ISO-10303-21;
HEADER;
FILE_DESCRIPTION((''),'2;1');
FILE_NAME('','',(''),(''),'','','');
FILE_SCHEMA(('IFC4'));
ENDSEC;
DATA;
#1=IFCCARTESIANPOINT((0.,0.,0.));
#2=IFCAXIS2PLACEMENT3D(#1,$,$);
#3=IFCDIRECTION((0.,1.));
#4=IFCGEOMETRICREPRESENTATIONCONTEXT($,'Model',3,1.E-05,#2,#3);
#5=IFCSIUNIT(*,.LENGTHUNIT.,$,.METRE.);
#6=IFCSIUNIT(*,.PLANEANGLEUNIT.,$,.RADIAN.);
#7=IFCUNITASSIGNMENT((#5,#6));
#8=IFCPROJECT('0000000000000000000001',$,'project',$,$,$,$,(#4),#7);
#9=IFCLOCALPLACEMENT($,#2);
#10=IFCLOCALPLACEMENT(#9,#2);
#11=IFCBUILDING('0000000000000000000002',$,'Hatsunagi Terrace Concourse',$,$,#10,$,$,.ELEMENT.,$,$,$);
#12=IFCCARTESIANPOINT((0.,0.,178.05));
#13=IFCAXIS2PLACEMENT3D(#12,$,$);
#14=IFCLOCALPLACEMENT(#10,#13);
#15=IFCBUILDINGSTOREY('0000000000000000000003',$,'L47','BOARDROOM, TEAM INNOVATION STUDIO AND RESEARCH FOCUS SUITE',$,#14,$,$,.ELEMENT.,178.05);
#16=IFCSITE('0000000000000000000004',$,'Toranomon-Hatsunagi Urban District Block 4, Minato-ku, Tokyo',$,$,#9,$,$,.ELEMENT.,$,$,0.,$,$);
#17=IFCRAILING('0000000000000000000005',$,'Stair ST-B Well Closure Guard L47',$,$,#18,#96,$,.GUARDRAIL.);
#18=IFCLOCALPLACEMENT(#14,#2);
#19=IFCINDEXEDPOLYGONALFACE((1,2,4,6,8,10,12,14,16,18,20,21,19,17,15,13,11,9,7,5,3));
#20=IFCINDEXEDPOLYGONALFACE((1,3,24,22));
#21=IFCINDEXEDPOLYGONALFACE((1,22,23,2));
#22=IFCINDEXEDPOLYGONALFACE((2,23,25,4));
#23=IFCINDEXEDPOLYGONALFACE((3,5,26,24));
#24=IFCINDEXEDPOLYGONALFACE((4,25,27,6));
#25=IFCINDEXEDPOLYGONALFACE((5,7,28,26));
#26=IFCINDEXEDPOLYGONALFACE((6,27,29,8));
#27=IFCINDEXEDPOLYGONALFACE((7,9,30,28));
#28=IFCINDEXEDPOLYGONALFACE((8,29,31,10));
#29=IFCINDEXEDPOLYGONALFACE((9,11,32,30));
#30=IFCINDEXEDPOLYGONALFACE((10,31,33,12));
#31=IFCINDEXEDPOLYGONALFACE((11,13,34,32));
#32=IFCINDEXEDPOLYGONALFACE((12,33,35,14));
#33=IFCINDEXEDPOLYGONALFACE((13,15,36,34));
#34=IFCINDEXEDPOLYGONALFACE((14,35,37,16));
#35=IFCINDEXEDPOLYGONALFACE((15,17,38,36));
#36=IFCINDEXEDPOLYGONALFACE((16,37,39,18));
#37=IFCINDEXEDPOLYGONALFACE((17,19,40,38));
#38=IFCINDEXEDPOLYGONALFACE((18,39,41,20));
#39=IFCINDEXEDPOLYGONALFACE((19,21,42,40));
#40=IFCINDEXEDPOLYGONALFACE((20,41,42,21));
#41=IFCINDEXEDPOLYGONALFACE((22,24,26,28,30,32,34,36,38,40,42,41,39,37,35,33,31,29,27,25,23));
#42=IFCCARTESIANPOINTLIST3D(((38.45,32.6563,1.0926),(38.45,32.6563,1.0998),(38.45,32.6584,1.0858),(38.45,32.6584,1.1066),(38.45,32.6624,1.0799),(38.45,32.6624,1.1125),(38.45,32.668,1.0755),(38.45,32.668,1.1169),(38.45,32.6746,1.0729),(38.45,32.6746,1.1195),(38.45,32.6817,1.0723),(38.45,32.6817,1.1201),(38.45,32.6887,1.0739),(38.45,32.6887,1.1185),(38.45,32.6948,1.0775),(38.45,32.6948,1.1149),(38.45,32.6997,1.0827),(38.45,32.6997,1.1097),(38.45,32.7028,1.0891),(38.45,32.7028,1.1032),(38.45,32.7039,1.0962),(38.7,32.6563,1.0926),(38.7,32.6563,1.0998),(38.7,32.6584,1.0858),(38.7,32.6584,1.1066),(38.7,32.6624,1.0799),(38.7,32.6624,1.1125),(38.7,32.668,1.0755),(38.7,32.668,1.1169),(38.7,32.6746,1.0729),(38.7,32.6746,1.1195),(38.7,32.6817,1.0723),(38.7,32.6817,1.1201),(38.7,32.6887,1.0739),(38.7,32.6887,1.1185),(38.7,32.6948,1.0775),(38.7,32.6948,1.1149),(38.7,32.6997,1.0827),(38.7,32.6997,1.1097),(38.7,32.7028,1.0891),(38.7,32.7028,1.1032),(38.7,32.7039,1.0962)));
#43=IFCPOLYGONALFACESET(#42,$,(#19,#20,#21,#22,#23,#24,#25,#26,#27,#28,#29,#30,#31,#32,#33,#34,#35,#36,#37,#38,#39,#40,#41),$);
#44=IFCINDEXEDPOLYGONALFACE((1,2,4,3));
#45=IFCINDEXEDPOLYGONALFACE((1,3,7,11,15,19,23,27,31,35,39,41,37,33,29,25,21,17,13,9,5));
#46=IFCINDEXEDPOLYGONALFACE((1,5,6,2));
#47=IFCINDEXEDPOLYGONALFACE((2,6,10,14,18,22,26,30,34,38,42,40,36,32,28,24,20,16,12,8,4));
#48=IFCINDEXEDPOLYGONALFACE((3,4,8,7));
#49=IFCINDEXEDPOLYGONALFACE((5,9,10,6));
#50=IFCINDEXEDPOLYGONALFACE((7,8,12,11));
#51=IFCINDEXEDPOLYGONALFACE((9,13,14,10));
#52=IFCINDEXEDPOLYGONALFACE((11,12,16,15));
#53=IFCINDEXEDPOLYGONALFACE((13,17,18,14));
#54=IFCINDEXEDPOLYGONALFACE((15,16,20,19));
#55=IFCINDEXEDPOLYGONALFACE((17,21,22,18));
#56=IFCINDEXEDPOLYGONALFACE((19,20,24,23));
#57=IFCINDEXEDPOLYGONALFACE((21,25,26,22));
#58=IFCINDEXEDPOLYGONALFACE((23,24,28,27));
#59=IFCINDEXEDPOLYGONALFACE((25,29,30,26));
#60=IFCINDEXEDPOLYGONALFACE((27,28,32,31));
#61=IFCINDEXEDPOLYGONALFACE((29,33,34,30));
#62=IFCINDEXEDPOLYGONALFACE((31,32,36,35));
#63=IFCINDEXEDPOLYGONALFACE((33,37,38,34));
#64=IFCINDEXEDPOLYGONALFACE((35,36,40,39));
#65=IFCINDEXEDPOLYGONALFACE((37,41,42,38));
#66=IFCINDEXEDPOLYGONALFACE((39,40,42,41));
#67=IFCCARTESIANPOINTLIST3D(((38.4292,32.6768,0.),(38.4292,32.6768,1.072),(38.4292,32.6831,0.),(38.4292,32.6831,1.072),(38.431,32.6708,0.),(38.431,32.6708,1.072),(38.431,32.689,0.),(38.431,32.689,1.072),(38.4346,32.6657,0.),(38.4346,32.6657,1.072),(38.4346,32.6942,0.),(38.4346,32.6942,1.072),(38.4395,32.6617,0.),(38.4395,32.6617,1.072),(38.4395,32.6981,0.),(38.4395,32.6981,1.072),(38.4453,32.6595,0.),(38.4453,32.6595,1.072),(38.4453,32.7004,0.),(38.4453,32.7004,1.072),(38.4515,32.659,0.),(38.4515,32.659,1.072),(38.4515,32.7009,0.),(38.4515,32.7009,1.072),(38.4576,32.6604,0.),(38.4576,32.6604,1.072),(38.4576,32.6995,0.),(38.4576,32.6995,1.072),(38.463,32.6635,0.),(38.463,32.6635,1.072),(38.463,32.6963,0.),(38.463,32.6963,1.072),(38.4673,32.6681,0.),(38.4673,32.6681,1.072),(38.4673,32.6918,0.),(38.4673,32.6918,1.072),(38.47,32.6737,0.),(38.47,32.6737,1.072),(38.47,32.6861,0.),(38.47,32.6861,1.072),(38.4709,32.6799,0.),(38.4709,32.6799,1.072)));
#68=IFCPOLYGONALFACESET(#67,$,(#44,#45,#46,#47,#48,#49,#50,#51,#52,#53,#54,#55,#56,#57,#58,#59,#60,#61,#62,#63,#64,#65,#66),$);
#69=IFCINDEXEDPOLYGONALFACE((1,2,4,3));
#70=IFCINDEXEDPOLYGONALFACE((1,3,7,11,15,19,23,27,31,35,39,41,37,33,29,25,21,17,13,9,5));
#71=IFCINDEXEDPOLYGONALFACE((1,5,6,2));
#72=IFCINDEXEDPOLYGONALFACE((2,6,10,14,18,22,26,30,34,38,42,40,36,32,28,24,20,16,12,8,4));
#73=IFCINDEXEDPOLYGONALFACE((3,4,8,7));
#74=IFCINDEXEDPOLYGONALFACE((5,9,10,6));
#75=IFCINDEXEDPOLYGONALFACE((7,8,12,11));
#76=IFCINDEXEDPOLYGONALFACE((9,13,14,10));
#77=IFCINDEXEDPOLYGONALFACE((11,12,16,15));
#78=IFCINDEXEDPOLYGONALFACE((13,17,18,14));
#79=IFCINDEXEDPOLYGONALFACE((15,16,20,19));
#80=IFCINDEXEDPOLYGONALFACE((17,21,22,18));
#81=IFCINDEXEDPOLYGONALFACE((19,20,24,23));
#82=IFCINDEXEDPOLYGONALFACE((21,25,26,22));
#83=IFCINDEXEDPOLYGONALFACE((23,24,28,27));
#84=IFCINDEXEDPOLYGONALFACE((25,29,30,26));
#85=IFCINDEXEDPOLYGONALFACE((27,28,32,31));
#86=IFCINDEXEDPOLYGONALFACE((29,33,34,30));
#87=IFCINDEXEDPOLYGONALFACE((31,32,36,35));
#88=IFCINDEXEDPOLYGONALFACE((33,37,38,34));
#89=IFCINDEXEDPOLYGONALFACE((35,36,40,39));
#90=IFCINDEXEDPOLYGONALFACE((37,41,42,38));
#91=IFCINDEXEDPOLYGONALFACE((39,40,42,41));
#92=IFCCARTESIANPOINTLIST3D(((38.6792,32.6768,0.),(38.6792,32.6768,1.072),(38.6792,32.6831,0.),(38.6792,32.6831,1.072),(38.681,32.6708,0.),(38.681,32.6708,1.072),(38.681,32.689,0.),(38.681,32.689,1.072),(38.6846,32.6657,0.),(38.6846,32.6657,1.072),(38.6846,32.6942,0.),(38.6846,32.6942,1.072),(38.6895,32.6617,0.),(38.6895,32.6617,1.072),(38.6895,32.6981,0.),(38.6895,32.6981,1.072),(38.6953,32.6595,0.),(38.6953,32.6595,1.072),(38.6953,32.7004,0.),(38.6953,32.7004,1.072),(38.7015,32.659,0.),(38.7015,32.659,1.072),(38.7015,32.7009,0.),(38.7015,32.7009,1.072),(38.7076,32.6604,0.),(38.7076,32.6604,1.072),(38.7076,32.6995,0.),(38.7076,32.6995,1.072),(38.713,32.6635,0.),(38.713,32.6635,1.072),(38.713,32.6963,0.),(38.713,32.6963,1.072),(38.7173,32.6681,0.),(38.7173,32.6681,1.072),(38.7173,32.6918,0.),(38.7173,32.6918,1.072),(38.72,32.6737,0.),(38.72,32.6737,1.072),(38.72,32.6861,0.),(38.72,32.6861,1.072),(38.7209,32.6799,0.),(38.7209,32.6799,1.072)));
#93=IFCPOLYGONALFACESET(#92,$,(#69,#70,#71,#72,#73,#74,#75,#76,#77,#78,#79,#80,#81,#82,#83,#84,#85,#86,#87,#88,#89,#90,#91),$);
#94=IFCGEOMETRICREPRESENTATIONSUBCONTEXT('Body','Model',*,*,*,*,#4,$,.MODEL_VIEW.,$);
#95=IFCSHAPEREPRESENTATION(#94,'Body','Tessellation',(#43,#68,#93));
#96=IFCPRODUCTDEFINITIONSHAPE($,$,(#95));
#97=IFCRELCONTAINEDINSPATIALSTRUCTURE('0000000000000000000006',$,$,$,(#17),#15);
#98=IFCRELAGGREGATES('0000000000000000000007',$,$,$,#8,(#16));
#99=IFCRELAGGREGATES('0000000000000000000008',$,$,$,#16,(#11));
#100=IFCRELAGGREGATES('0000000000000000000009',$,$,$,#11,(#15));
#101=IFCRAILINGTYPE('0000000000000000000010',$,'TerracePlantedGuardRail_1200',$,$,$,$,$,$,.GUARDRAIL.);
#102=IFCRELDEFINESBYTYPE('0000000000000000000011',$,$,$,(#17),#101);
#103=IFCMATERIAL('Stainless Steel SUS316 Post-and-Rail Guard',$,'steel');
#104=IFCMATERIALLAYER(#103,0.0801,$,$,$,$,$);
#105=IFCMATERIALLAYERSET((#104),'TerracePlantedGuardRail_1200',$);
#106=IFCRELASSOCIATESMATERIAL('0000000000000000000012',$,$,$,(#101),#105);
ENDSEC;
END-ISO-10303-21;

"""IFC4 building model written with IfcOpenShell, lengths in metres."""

from ifc_helpers import new_model, si_unit, direction, frame, origin, origin_2d, place, context, subcontext, project, spatial, circle, extrude, material, layer, layer_set, type_object, element, save


model = new_model("IFC4")

# Units and contexts
model_context = context("Model", 3, precision=1e-05, world=origin(), true_north=direction((0.0, 1.0)))
body_context = subcontext(model_context, "Body", "Model", "MODEL_VIEW")
ifc_project = project(units=[si_unit("LENGTHUNIT", "METRE"), si_unit("PLANEANGLEUNIT", "RADIAN")], contexts=[model_context])

# Site, building, storey
site_placement = place(None, origin())
site = spatial("IfcSite", under=ifc_project, at=site_placement, Name="Toranomon-Hatsunagi Urban District Block 4, Minato-ku, Tokyo", CompositionType="ELEMENT", RefElevation=0.0)
building_placement = place(site_placement, origin())
building = spatial("IfcBuilding", under=site, at=building_placement, Name="Hatsunagi Terrace Concourse", CompositionType="ELEMENT")
storey_placement = place(building_placement, frame((0.0, 0.0, 178.05)))
storey = spatial("IfcBuildingStorey", under=building, at=storey_placement, Name="L47", Description="BOARDROOM, TEAM INNOVATION STUDIO AND RESEARCH FOCUS SUITE", CompositionType="ELEMENT", Elevation=178.05)

# Railing
ifc_material_1 = material(Name="Stainless Steel SUS316 Post-and-Rail Guard", Category="steel")
ifc_layer_1 = layer(ifc_material_1, 0.0801)
ifc_layer_set_1 = layer_set([ifc_layer_1], Name="TerracePlantedGuardRail_1200")
railing_type_1 = type_object("IfcRailingType", Name="TerracePlantedGuardRail_1200", PredefinedType="GUARDRAIL", material=ifc_layer_set_1)
railing_1_placement = place(storey_placement, frame((38.45, 32.6799, 0.0)))
element("IfcRailing", 1, at=railing_1_placement, inside=storey, type_object=railing_type_1, Name="Stair ST-B Well Closure Guard L47", PredefinedType="GUARDRAIL", context=body_context, shape_type="SweptSolid", body=[
    extrude(circle(Radius=0.0239, at=origin_2d()), frame((0.0, 0.0, 1.0962), z_axis=(1.0, 0.0, 0.0), x_axis=(0.0, 1.0, 0.0)), (0.0, 0.0, 1.0), 0.25),
    extrude(circle(Radius=0.021, at=origin_2d()), origin(), (0.0, 0.0, 1.0), 1.072),
    extrude(circle(Radius=0.021, at=origin_2d()), frame((0.25, 0.0, 0.0)), (0.0, 0.0, 1.0), 1.072),
])

save(model, "model.ifc")
